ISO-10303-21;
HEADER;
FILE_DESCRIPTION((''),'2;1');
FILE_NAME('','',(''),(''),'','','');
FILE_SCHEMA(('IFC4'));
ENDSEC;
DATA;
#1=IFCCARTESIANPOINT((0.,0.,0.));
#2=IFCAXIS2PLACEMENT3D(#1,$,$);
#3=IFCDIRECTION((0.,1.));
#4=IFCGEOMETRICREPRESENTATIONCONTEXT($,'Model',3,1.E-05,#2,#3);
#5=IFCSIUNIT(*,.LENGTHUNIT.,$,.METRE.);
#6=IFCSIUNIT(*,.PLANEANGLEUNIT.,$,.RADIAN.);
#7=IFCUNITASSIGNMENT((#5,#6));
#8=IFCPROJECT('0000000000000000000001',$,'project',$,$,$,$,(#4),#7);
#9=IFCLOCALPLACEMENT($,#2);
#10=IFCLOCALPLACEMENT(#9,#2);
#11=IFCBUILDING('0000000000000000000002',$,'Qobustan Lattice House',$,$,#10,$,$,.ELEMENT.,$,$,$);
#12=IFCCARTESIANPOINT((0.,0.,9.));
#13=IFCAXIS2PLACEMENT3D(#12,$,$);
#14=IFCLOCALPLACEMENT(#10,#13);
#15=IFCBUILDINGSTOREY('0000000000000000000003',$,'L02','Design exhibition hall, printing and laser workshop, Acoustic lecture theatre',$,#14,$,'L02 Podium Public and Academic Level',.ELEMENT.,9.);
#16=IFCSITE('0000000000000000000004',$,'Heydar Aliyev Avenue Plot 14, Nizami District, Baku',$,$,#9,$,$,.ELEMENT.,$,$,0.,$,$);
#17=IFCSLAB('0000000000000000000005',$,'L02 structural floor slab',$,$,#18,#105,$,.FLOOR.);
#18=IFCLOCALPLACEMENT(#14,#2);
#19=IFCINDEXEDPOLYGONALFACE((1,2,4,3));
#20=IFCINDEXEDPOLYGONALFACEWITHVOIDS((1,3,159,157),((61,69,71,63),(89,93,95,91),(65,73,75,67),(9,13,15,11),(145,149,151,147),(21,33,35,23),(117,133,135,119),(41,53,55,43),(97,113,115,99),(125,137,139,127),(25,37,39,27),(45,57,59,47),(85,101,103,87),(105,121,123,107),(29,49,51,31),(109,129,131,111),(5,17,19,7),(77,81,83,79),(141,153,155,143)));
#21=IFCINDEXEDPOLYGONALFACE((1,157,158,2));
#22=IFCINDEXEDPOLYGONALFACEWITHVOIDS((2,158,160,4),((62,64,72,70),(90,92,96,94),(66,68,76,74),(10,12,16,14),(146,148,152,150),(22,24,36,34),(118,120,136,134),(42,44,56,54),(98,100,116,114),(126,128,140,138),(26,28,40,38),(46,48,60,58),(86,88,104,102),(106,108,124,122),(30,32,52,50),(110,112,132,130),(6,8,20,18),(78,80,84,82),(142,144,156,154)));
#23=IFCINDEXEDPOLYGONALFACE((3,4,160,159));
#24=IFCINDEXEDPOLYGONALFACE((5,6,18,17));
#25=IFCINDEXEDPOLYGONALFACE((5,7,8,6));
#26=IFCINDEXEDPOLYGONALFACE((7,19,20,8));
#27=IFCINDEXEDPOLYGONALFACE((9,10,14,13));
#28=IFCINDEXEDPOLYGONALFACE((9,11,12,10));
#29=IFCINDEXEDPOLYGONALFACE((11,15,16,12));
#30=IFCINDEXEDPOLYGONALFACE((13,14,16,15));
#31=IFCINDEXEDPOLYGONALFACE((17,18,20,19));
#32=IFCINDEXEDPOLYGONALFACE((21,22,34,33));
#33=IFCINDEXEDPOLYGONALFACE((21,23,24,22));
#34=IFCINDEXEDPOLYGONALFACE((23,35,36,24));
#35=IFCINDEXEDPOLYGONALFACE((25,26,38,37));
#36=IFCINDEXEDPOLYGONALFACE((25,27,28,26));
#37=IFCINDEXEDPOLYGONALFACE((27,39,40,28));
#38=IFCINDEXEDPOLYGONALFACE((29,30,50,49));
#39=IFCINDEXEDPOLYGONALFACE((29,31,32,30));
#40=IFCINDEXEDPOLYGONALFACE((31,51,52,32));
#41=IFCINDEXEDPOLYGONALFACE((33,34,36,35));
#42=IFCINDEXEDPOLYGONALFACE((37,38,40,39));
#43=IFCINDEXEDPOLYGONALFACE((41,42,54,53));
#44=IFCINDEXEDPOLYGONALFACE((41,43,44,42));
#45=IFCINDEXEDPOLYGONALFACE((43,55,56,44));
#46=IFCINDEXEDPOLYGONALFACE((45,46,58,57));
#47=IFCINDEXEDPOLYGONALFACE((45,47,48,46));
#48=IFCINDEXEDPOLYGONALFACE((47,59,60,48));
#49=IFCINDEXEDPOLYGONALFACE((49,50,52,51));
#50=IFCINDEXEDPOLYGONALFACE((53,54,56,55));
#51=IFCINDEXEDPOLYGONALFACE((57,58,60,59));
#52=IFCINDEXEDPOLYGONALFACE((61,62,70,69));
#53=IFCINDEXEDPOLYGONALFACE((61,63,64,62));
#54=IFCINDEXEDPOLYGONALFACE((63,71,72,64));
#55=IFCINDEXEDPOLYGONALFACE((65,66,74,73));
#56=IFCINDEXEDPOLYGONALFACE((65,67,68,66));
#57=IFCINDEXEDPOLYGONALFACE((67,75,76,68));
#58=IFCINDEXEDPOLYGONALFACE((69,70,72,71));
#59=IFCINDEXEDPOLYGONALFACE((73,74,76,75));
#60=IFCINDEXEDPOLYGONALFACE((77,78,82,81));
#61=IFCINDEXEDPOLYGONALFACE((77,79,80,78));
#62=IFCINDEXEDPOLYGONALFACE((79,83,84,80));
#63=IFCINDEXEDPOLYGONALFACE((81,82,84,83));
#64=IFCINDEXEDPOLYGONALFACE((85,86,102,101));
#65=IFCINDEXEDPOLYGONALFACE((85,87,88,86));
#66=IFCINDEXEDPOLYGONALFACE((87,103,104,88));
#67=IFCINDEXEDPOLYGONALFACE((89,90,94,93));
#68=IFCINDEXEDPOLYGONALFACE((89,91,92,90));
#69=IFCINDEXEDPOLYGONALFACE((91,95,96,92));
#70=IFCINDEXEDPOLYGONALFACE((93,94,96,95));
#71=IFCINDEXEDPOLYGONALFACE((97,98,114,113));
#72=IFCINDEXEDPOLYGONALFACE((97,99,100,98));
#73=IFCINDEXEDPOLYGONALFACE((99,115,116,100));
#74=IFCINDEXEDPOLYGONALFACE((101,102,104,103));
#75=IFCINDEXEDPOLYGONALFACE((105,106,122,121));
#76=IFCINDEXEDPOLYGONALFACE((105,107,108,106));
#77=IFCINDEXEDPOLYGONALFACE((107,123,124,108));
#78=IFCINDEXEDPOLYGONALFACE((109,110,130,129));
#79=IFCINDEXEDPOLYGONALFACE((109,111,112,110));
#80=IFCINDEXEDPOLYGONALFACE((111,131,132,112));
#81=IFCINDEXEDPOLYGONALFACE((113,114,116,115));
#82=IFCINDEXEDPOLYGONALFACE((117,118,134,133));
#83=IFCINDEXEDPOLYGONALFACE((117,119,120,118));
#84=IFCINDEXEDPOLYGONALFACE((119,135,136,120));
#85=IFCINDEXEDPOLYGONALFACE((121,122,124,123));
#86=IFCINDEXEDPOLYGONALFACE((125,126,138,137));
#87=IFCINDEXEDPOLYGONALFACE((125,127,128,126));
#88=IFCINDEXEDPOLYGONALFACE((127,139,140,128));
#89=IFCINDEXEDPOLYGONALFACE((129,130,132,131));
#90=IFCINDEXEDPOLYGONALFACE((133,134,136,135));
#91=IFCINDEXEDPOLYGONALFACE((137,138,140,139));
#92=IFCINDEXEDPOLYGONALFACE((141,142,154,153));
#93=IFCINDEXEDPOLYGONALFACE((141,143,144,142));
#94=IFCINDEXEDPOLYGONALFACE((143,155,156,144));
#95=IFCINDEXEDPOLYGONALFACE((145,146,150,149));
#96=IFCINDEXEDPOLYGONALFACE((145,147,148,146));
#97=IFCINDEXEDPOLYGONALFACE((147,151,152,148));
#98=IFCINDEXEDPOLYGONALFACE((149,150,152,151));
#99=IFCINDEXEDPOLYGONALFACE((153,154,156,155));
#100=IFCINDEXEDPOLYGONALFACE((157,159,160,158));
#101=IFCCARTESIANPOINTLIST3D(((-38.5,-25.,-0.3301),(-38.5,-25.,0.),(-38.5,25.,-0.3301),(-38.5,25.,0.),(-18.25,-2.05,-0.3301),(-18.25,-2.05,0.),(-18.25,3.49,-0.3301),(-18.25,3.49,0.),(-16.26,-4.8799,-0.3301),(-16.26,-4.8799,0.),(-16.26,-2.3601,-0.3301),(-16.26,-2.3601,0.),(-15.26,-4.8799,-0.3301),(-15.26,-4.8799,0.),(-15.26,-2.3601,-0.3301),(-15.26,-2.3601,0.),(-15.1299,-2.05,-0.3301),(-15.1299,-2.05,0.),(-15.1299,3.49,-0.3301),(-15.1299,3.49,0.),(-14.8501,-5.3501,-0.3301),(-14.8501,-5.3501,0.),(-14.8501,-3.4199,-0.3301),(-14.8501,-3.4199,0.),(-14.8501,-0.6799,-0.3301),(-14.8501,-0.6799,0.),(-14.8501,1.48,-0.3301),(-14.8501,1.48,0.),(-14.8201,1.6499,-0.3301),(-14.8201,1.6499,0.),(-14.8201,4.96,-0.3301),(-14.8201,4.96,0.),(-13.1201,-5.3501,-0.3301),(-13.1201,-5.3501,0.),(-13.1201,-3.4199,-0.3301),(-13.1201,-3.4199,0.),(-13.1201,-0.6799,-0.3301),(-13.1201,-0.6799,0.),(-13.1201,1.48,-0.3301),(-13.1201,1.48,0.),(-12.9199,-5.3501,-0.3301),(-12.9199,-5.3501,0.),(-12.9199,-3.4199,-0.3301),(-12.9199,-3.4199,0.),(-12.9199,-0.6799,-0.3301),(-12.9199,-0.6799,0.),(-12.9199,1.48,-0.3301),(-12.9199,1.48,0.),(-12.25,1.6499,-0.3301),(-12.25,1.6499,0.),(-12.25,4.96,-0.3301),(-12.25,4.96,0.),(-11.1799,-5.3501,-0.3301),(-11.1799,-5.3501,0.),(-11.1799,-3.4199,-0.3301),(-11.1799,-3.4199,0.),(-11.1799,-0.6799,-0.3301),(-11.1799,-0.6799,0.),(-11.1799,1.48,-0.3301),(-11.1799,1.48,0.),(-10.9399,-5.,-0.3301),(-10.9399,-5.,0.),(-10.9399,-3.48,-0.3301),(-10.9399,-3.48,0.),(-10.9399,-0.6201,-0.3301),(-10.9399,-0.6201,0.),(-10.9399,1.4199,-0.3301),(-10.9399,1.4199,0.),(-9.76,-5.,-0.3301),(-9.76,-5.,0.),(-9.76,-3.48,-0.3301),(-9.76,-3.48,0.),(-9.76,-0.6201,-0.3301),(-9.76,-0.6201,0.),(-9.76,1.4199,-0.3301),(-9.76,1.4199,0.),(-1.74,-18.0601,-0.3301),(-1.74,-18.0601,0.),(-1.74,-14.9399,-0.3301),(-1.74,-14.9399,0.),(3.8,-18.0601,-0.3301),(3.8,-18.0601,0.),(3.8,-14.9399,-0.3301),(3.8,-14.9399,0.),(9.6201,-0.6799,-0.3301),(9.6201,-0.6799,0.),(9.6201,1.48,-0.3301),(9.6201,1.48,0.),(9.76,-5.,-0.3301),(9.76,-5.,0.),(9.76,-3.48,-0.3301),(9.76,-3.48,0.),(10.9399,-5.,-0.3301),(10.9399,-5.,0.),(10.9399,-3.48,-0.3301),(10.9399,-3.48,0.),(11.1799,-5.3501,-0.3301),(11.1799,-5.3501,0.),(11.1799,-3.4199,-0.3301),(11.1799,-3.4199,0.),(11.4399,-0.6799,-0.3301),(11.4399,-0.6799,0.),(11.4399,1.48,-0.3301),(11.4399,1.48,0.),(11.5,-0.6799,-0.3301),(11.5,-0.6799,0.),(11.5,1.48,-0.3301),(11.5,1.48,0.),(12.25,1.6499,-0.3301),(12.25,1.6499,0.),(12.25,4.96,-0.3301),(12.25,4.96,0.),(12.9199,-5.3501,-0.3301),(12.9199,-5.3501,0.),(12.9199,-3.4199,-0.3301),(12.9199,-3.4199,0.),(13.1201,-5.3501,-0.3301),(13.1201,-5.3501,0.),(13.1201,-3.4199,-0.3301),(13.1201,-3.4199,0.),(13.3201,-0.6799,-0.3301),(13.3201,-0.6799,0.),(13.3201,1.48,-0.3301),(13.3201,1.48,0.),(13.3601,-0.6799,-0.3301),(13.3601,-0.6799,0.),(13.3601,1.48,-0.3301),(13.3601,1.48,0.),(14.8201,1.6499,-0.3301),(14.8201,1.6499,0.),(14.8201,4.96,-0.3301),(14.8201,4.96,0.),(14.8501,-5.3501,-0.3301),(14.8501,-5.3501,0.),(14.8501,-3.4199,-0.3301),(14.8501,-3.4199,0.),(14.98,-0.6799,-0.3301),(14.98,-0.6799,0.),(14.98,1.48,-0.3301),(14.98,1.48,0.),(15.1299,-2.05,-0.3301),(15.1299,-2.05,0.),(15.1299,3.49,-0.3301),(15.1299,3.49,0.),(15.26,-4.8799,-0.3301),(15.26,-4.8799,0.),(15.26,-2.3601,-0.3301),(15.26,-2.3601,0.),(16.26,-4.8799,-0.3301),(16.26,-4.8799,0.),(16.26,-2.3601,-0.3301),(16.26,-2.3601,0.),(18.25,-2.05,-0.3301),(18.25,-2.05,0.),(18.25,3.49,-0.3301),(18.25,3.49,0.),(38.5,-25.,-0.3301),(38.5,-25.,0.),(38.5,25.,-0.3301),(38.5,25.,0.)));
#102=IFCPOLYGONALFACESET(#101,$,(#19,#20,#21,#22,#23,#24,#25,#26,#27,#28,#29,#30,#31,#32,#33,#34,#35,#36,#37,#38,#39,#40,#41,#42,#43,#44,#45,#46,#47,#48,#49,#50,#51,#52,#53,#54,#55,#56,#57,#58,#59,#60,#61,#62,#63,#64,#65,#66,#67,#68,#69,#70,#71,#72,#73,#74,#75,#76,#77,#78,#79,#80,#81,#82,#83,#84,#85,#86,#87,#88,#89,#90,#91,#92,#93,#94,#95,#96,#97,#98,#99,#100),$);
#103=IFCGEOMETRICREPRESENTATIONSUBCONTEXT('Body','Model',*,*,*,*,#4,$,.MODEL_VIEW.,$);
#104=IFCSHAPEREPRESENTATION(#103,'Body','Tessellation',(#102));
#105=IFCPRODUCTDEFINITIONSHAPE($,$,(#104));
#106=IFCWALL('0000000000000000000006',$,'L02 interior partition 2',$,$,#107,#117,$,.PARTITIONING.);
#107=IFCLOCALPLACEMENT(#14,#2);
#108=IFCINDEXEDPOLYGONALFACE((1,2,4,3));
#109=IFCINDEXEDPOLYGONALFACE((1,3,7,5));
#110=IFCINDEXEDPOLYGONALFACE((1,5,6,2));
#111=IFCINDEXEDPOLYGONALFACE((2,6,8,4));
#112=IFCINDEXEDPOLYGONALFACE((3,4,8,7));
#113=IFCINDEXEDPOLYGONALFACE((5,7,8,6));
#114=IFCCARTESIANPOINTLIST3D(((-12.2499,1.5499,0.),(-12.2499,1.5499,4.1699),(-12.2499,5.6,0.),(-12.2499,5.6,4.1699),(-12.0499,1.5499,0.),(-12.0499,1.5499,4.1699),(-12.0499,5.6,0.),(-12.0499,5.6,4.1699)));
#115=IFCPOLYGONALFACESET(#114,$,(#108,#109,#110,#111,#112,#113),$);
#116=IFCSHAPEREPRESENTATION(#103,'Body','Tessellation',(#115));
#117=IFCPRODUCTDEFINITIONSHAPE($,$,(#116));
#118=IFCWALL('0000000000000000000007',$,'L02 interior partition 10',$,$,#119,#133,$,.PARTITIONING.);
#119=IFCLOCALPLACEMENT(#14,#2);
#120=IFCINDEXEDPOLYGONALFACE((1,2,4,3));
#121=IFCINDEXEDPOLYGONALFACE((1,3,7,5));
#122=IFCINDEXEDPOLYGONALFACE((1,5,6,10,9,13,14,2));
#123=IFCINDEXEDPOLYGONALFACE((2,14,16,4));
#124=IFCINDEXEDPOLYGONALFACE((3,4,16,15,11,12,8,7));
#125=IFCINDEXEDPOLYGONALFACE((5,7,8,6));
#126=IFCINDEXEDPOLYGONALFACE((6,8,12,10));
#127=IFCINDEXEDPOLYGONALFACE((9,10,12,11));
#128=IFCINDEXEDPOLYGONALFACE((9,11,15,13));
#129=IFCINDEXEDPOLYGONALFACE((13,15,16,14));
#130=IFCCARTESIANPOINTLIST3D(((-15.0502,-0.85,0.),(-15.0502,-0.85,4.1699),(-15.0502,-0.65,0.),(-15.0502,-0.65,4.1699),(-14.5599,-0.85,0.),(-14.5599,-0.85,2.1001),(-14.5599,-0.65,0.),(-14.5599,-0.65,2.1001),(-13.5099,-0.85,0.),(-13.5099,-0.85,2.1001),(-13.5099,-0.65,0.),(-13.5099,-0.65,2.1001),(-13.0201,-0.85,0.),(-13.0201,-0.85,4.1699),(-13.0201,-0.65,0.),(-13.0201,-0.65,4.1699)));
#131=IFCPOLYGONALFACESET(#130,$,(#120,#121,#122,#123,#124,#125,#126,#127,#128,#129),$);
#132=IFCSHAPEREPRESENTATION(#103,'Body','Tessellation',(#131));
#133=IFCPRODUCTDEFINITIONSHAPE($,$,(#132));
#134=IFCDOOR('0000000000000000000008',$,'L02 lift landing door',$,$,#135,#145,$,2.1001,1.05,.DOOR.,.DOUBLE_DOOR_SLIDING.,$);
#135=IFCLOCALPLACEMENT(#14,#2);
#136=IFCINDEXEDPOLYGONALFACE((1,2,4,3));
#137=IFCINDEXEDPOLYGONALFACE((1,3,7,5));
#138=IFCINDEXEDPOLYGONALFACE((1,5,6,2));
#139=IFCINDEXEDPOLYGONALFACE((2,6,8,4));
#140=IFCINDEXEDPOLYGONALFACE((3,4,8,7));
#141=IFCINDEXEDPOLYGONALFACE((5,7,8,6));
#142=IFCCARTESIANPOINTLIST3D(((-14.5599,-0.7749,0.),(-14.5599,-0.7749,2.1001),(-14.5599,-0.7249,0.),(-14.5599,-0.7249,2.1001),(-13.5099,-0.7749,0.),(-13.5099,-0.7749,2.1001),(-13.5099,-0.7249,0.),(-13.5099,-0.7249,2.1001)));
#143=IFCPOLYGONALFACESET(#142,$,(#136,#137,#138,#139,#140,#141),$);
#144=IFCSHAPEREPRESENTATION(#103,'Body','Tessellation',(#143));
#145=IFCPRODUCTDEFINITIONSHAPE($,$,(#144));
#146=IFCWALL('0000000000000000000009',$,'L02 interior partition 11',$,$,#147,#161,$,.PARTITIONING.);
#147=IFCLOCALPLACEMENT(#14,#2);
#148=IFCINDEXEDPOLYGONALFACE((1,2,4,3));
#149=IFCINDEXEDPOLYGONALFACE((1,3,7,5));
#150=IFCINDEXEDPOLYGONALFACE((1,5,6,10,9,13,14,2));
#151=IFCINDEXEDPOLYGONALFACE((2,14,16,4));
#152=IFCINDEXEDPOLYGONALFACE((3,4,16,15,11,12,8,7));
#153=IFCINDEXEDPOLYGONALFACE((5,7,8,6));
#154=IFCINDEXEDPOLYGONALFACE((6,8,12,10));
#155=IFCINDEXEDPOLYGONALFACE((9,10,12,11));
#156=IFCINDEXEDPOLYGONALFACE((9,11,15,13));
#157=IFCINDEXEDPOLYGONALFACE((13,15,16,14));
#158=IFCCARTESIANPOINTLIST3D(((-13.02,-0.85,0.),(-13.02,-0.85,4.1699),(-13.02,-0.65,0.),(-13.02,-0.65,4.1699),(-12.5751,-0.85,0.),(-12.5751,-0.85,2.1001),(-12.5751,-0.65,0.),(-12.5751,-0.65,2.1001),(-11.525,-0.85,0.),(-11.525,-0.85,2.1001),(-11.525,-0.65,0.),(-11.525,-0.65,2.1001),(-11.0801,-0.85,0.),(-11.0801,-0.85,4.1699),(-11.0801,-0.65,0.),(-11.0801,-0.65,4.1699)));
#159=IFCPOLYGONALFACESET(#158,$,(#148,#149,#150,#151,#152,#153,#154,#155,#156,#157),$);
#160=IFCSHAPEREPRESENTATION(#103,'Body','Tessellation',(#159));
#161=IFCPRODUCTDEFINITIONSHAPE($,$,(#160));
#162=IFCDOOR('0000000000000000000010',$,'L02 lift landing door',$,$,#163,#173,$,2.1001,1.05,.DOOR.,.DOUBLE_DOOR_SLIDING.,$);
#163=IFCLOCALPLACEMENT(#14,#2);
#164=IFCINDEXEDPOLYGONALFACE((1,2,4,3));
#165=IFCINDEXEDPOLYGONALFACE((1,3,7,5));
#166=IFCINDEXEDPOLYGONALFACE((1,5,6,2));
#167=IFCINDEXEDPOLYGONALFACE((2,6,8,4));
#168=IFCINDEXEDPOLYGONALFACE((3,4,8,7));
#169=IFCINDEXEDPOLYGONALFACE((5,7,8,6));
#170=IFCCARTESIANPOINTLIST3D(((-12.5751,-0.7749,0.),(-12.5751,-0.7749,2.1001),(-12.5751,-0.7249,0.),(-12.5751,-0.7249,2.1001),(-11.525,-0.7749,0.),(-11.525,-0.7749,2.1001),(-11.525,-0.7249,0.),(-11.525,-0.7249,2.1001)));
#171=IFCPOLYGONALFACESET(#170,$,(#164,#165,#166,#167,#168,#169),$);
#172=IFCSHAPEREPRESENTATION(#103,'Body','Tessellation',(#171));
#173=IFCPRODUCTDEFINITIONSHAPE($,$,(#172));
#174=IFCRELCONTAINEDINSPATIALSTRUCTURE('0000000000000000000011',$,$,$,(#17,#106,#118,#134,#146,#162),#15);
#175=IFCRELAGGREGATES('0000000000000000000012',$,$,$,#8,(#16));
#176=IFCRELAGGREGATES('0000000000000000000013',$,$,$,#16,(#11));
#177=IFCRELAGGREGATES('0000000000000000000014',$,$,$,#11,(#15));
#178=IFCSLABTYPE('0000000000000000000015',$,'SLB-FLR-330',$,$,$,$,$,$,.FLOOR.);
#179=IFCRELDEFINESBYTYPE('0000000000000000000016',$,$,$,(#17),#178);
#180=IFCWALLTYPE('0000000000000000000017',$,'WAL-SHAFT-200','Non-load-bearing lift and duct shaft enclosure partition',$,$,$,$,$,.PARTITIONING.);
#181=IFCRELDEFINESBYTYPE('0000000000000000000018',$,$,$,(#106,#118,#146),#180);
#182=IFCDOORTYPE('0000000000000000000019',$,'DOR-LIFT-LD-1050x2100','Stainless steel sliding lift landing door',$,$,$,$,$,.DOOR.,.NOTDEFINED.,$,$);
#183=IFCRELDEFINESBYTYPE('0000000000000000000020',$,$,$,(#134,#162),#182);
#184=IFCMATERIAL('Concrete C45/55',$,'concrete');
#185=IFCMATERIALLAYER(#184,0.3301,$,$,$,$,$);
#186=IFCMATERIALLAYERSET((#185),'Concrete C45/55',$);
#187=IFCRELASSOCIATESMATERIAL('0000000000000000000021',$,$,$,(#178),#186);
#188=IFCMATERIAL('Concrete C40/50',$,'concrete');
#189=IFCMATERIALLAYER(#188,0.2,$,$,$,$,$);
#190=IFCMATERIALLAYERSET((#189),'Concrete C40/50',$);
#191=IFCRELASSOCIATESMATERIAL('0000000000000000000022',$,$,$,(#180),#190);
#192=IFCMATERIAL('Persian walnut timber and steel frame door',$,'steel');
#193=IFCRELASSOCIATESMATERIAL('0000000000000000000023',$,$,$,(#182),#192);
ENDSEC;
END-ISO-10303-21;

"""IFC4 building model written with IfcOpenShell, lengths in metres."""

from ifc_helpers import new_model, si_unit, direction, frame, frame_2d, origin, place, context, subcontext, project, spatial, polyline, rectangle, outline, extrude, material, layer, layer_set, type_object, element, fill, save


model = new_model("IFC4")

# Units and contexts
model_context = context("Model", 3, precision=1e-05, world=origin(), true_north=direction((0.0, 1.0)))
body_context = subcontext(model_context, "Body", "Model", "MODEL_VIEW")
ifc_project = project(units=[si_unit("LENGTHUNIT", "METRE"), si_unit("PLANEANGLEUNIT", "RADIAN")], contexts=[model_context])

# Site, building, storey
site_placement = place(None, origin())
site = spatial("IfcSite", under=ifc_project, at=site_placement, Name="Heydar Aliyev Avenue Plot 14, Nizami District, Baku", CompositionType="ELEMENT", RefElevation=0.0)
building_placement = place(site_placement, origin())
building = spatial("IfcBuilding", under=site, at=building_placement, Name="Qobustan Lattice House", CompositionType="ELEMENT")
storey_placement = place(building_placement, frame((0.0, 0.0, 9.0)))
storey = spatial("IfcBuildingStorey", under=building, at=storey_placement, Name="L02", Description="Design exhibition hall, printing and laser workshop, Acoustic lecture theatre", LongName="L02 Podium Public and Academic Level", CompositionType="ELEMENT", Elevation=9.0)

# Slab
ifc_material_1 = material(Name="Concrete C45/55", Category="concrete")
ifc_layer_1 = layer(ifc_material_1, 0.3301)
ifc_layer_set_1 = layer_set([ifc_layer_1], Name="Concrete C45/55")
slab_type = type_object("IfcSlabType", Name="SLB-FLR-330", PredefinedType="FLOOR", material=ifc_layer_set_1)
slab_placement = place(storey_placement, frame((0.0, 0.0, -0.3301)))
element("IfcSlab", 1, at=slab_placement, inside=storey, type_object=slab_type, Name="L02 structural floor slab", PredefinedType="FLOOR", context=body_context, shape_type="SweptSolid", body=[
    extrude(outline(polyline([(-38.5, -25.0), (38.5, -25.0), (38.5, 25.0), (-38.5, 25.0), (-38.5, -25.0)]), holes=[polyline([(-18.25, -2.05), (-18.25, 3.49), (-15.1299, 3.49), (-15.1299, -2.05), (-18.25, -2.05)]), polyline([(15.1299, -2.05), (15.1299, 3.49), (18.25, 3.49), (18.25, -2.05), (15.1299, -2.05)]), polyline([(-14.8201, 1.6499), (-14.8201, 4.96), (-12.25, 4.96), (-12.25, 1.6499), (-14.8201, 1.6499)]), polyline([(12.25, 1.6499), (12.25, 4.96), (14.8201, 4.96), (14.8201, 1.6499), (12.25, 1.6499)]), polyline([(-16.26, -4.8799), (-16.26, -2.3601), (-15.26, -2.3601), (-15.26, -4.8799), (-16.26, -4.8799)]), polyline([(15.26, -4.8799), (15.26, -2.3601), (16.26, -2.3601), (16.26, -4.8799), (15.26, -4.8799)]), polyline([(-14.8501, -5.3501), (-14.8501, -3.4199), (-13.1201, -3.4199), (-13.1201, -5.3501), (-14.8501, -5.3501)]), polyline([(-12.9199, -5.3501), (-12.9199, -3.4199), (-11.1799, -3.4199), (-11.1799, -5.3501), (-12.9199, -5.3501)]), polyline([(-14.8501, -0.6799), (-14.8501, 1.48), (-13.1201, 1.48), (-13.1201, -0.6799), (-14.8501, -0.6799)]), polyline([(-12.9199, -0.6799), (-12.9199, 1.48), (-11.1799, 1.48), (-11.1799, -0.6799), (-12.9199, -0.6799)]), polyline([(-10.9399, -5.0), (-10.9399, -3.48), (-9.76, -3.48), (-9.76, -5.0), (-10.9399, -5.0)]), polyline([(-10.9399, -0.6201), (-10.9399, 1.4199), (-9.76, 1.4199), (-9.76, -0.6201), (-10.9399, -0.6201)]), polyline([(11.1799, -5.3501), (11.1799, -3.4199), (12.9199, -3.4199), (12.9199, -5.3501), (11.1799, -5.3501)]), polyline([(13.1201, -5.3501), (13.1201, -3.4199), (14.8501, -3.4199), (14.8501, -5.3501), (13.1201, -5.3501)]), polyline([(9.76, -5.0), (9.76, -3.48), (10.9399, -3.48), (10.9399, -5.0), (9.76, -5.0)]), polyline([(13.3601, -0.6799), (13.3601, 1.48), (14.98, 1.48), (14.98, -0.6799), (13.3601, -0.6799)]), polyline([(9.6201, -0.6799), (9.6201, 1.48), (11.4399, 1.48), (11.4399, -0.6799), (9.6201, -0.6799)]), polyline([(11.5, -0.6799), (11.5, 1.48), (13.3201, 1.48), (13.3201, -0.6799), (11.5, -0.6799)]), polyline([(-1.74, -18.0601), (-1.74, -14.9399), (3.8, -14.9399), (3.8, -18.0601), (-1.74, -18.0601)])]), origin(), (0.0, 0.0, 1.0), 0.3301),
])

# Wall
ifc_material_2 = material(Name="Concrete C40/50", Category="concrete")
ifc_layer_2 = layer(ifc_material_2, 0.2)
ifc_layer_set_2 = layer_set([ifc_layer_2], Name="Concrete C40/50")
wall_type = type_object("IfcWallType", Name="WAL-SHAFT-200", Description="Non-load-bearing lift and duct shaft enclosure partition", PredefinedType="PARTITIONING", material=ifc_layer_set_2)
wall_1_placement = place(storey_placement, frame((-12.1499, 1.55, 0.0), z_axis=(0.0, 0.0, 1.0), x_axis=(0.0, 1.0, 0.0)))
element("IfcWall", 2, at=wall_1_placement, inside=storey, type_object=wall_type, Name="L02 interior partition 2", PredefinedType="PARTITIONING", context=body_context, shape_type="SweptSolid", body=[
    extrude(rectangle(XDim=4.05, YDim=0.2, at=frame_2d((2.0249, 0.0))), origin(), (0.0, 0.0, 1.0), 4.1699),
])

# Walls, openings, doors
wall_2_placement = place(storey_placement, frame((-13.02, -0.75, 0.0), z_axis=(0.0, 0.0, 1.0), x_axis=(-1.0, 0.0, 0.0)))
wall_2 = element("IfcWall", 3, at=wall_2_placement, inside=storey, type_object=wall_type, Name="L02 interior partition 10", PredefinedType="PARTITIONING", context=body_context, shape_type="SweptSolid", body=[
    extrude(rectangle(XDim=2.03, YDim=0.2, at=frame_2d((1.0151, 0.0))), origin(), (0.0, 0.0, 1.0), 4.1699),
])
opening_1_placement = place(wall_2_placement, frame((0.49, 0.0, 0.0)))
opening_1 = element("IfcOpeningElement", 4, at=opening_1_placement, cuts=wall_2, PredefinedType="OPENING", context=body_context, shape_type="SweptSolid", body=[
    extrude(rectangle(XDim=1.05, YDim=2.1001, at=frame_2d((0.5249, 1.05))), frame((0.0, 0.1099, 0.0), z_axis=(0.0, -1.0, 0.0), x_axis=(1.0, 0.0, 0.0)), (0.0, 0.0, 1.0), 0.22),
])
ifc_material_3 = material(Name="Persian walnut timber and steel frame door", Category="steel")
door_type = type_object("IfcDoorType", Name="DOR-LIFT-LD-1050x2100", Description="Stainless steel sliding lift landing door", OperationType="NOTDEFINED", PredefinedType="DOOR", material=ifc_material_3)
door_1_placement = place(opening_1_placement, origin())
door_1 = element("IfcDoor", 5, at=door_1_placement, inside=storey, type_object=door_type, Name="L02 lift landing door", OperationType="DOUBLE_DOOR_SLIDING", OverallHeight=2.1001, OverallWidth=1.05, PredefinedType="DOOR", context=body_context, shape_type="SweptSolid", body=[
    extrude(rectangle(XDim=1.05, YDim=2.1001, at=frame_2d((0.5249, 1.05))), frame((0.0, 0.0249, 0.0), z_axis=(0.0, -1.0, 0.0), x_axis=(1.0, 0.0, 0.0)), (0.0, 0.0, 1.0), 0.05),
])
fill(opening_1, door_1)
wall_3_placement = place(storey_placement, frame((-11.0801, -0.75, 0.0), z_axis=(0.0, 0.0, 1.0), x_axis=(-1.0, 0.0, 0.0)))
wall_3 = element("IfcWall", 6, at=wall_3_placement, inside=storey, type_object=wall_type, Name="L02 interior partition 11", PredefinedType="PARTITIONING", context=body_context, shape_type="SweptSolid", body=[
    extrude(rectangle(XDim=1.9399, YDim=0.2, at=frame_2d((0.97, 0.0))), origin(), (0.0, 0.0, 1.0), 4.1699),
])
opening_2_placement = place(wall_3_placement, frame((0.4451, 0.0, 0.0)))
opening_2 = element("IfcOpeningElement", 7, at=opening_2_placement, cuts=wall_3, PredefinedType="OPENING", context=body_context, shape_type="SweptSolid", body=[
    extrude(rectangle(XDim=1.05, YDim=2.1001, at=frame_2d((0.5249, 1.05))), frame((0.0, 0.1099, 0.0), z_axis=(0.0, -1.0, 0.0), x_axis=(1.0, 0.0, 0.0)), (0.0, 0.0, 1.0), 0.22),
])
door_2_placement = place(opening_2_placement, origin())
door_2 = element("IfcDoor", 8, at=door_2_placement, inside=storey, type_object=door_type, Name="L02 lift landing door", OperationType="DOUBLE_DOOR_SLIDING", OverallHeight=2.1001, OverallWidth=1.05, PredefinedType="DOOR", context=body_context, shape_type="SweptSolid", body=[
    extrude(rectangle(XDim=1.05, YDim=2.1001, at=frame_2d((0.5249, 1.05))), frame((0.0, 0.0249, 0.0), z_axis=(0.0, -1.0, 0.0), x_axis=(1.0, 0.0, 0.0)), (0.0, 0.0, 1.0), 0.05),
])
fill(opening_2, door_2)

save(model, "model.ifc")
